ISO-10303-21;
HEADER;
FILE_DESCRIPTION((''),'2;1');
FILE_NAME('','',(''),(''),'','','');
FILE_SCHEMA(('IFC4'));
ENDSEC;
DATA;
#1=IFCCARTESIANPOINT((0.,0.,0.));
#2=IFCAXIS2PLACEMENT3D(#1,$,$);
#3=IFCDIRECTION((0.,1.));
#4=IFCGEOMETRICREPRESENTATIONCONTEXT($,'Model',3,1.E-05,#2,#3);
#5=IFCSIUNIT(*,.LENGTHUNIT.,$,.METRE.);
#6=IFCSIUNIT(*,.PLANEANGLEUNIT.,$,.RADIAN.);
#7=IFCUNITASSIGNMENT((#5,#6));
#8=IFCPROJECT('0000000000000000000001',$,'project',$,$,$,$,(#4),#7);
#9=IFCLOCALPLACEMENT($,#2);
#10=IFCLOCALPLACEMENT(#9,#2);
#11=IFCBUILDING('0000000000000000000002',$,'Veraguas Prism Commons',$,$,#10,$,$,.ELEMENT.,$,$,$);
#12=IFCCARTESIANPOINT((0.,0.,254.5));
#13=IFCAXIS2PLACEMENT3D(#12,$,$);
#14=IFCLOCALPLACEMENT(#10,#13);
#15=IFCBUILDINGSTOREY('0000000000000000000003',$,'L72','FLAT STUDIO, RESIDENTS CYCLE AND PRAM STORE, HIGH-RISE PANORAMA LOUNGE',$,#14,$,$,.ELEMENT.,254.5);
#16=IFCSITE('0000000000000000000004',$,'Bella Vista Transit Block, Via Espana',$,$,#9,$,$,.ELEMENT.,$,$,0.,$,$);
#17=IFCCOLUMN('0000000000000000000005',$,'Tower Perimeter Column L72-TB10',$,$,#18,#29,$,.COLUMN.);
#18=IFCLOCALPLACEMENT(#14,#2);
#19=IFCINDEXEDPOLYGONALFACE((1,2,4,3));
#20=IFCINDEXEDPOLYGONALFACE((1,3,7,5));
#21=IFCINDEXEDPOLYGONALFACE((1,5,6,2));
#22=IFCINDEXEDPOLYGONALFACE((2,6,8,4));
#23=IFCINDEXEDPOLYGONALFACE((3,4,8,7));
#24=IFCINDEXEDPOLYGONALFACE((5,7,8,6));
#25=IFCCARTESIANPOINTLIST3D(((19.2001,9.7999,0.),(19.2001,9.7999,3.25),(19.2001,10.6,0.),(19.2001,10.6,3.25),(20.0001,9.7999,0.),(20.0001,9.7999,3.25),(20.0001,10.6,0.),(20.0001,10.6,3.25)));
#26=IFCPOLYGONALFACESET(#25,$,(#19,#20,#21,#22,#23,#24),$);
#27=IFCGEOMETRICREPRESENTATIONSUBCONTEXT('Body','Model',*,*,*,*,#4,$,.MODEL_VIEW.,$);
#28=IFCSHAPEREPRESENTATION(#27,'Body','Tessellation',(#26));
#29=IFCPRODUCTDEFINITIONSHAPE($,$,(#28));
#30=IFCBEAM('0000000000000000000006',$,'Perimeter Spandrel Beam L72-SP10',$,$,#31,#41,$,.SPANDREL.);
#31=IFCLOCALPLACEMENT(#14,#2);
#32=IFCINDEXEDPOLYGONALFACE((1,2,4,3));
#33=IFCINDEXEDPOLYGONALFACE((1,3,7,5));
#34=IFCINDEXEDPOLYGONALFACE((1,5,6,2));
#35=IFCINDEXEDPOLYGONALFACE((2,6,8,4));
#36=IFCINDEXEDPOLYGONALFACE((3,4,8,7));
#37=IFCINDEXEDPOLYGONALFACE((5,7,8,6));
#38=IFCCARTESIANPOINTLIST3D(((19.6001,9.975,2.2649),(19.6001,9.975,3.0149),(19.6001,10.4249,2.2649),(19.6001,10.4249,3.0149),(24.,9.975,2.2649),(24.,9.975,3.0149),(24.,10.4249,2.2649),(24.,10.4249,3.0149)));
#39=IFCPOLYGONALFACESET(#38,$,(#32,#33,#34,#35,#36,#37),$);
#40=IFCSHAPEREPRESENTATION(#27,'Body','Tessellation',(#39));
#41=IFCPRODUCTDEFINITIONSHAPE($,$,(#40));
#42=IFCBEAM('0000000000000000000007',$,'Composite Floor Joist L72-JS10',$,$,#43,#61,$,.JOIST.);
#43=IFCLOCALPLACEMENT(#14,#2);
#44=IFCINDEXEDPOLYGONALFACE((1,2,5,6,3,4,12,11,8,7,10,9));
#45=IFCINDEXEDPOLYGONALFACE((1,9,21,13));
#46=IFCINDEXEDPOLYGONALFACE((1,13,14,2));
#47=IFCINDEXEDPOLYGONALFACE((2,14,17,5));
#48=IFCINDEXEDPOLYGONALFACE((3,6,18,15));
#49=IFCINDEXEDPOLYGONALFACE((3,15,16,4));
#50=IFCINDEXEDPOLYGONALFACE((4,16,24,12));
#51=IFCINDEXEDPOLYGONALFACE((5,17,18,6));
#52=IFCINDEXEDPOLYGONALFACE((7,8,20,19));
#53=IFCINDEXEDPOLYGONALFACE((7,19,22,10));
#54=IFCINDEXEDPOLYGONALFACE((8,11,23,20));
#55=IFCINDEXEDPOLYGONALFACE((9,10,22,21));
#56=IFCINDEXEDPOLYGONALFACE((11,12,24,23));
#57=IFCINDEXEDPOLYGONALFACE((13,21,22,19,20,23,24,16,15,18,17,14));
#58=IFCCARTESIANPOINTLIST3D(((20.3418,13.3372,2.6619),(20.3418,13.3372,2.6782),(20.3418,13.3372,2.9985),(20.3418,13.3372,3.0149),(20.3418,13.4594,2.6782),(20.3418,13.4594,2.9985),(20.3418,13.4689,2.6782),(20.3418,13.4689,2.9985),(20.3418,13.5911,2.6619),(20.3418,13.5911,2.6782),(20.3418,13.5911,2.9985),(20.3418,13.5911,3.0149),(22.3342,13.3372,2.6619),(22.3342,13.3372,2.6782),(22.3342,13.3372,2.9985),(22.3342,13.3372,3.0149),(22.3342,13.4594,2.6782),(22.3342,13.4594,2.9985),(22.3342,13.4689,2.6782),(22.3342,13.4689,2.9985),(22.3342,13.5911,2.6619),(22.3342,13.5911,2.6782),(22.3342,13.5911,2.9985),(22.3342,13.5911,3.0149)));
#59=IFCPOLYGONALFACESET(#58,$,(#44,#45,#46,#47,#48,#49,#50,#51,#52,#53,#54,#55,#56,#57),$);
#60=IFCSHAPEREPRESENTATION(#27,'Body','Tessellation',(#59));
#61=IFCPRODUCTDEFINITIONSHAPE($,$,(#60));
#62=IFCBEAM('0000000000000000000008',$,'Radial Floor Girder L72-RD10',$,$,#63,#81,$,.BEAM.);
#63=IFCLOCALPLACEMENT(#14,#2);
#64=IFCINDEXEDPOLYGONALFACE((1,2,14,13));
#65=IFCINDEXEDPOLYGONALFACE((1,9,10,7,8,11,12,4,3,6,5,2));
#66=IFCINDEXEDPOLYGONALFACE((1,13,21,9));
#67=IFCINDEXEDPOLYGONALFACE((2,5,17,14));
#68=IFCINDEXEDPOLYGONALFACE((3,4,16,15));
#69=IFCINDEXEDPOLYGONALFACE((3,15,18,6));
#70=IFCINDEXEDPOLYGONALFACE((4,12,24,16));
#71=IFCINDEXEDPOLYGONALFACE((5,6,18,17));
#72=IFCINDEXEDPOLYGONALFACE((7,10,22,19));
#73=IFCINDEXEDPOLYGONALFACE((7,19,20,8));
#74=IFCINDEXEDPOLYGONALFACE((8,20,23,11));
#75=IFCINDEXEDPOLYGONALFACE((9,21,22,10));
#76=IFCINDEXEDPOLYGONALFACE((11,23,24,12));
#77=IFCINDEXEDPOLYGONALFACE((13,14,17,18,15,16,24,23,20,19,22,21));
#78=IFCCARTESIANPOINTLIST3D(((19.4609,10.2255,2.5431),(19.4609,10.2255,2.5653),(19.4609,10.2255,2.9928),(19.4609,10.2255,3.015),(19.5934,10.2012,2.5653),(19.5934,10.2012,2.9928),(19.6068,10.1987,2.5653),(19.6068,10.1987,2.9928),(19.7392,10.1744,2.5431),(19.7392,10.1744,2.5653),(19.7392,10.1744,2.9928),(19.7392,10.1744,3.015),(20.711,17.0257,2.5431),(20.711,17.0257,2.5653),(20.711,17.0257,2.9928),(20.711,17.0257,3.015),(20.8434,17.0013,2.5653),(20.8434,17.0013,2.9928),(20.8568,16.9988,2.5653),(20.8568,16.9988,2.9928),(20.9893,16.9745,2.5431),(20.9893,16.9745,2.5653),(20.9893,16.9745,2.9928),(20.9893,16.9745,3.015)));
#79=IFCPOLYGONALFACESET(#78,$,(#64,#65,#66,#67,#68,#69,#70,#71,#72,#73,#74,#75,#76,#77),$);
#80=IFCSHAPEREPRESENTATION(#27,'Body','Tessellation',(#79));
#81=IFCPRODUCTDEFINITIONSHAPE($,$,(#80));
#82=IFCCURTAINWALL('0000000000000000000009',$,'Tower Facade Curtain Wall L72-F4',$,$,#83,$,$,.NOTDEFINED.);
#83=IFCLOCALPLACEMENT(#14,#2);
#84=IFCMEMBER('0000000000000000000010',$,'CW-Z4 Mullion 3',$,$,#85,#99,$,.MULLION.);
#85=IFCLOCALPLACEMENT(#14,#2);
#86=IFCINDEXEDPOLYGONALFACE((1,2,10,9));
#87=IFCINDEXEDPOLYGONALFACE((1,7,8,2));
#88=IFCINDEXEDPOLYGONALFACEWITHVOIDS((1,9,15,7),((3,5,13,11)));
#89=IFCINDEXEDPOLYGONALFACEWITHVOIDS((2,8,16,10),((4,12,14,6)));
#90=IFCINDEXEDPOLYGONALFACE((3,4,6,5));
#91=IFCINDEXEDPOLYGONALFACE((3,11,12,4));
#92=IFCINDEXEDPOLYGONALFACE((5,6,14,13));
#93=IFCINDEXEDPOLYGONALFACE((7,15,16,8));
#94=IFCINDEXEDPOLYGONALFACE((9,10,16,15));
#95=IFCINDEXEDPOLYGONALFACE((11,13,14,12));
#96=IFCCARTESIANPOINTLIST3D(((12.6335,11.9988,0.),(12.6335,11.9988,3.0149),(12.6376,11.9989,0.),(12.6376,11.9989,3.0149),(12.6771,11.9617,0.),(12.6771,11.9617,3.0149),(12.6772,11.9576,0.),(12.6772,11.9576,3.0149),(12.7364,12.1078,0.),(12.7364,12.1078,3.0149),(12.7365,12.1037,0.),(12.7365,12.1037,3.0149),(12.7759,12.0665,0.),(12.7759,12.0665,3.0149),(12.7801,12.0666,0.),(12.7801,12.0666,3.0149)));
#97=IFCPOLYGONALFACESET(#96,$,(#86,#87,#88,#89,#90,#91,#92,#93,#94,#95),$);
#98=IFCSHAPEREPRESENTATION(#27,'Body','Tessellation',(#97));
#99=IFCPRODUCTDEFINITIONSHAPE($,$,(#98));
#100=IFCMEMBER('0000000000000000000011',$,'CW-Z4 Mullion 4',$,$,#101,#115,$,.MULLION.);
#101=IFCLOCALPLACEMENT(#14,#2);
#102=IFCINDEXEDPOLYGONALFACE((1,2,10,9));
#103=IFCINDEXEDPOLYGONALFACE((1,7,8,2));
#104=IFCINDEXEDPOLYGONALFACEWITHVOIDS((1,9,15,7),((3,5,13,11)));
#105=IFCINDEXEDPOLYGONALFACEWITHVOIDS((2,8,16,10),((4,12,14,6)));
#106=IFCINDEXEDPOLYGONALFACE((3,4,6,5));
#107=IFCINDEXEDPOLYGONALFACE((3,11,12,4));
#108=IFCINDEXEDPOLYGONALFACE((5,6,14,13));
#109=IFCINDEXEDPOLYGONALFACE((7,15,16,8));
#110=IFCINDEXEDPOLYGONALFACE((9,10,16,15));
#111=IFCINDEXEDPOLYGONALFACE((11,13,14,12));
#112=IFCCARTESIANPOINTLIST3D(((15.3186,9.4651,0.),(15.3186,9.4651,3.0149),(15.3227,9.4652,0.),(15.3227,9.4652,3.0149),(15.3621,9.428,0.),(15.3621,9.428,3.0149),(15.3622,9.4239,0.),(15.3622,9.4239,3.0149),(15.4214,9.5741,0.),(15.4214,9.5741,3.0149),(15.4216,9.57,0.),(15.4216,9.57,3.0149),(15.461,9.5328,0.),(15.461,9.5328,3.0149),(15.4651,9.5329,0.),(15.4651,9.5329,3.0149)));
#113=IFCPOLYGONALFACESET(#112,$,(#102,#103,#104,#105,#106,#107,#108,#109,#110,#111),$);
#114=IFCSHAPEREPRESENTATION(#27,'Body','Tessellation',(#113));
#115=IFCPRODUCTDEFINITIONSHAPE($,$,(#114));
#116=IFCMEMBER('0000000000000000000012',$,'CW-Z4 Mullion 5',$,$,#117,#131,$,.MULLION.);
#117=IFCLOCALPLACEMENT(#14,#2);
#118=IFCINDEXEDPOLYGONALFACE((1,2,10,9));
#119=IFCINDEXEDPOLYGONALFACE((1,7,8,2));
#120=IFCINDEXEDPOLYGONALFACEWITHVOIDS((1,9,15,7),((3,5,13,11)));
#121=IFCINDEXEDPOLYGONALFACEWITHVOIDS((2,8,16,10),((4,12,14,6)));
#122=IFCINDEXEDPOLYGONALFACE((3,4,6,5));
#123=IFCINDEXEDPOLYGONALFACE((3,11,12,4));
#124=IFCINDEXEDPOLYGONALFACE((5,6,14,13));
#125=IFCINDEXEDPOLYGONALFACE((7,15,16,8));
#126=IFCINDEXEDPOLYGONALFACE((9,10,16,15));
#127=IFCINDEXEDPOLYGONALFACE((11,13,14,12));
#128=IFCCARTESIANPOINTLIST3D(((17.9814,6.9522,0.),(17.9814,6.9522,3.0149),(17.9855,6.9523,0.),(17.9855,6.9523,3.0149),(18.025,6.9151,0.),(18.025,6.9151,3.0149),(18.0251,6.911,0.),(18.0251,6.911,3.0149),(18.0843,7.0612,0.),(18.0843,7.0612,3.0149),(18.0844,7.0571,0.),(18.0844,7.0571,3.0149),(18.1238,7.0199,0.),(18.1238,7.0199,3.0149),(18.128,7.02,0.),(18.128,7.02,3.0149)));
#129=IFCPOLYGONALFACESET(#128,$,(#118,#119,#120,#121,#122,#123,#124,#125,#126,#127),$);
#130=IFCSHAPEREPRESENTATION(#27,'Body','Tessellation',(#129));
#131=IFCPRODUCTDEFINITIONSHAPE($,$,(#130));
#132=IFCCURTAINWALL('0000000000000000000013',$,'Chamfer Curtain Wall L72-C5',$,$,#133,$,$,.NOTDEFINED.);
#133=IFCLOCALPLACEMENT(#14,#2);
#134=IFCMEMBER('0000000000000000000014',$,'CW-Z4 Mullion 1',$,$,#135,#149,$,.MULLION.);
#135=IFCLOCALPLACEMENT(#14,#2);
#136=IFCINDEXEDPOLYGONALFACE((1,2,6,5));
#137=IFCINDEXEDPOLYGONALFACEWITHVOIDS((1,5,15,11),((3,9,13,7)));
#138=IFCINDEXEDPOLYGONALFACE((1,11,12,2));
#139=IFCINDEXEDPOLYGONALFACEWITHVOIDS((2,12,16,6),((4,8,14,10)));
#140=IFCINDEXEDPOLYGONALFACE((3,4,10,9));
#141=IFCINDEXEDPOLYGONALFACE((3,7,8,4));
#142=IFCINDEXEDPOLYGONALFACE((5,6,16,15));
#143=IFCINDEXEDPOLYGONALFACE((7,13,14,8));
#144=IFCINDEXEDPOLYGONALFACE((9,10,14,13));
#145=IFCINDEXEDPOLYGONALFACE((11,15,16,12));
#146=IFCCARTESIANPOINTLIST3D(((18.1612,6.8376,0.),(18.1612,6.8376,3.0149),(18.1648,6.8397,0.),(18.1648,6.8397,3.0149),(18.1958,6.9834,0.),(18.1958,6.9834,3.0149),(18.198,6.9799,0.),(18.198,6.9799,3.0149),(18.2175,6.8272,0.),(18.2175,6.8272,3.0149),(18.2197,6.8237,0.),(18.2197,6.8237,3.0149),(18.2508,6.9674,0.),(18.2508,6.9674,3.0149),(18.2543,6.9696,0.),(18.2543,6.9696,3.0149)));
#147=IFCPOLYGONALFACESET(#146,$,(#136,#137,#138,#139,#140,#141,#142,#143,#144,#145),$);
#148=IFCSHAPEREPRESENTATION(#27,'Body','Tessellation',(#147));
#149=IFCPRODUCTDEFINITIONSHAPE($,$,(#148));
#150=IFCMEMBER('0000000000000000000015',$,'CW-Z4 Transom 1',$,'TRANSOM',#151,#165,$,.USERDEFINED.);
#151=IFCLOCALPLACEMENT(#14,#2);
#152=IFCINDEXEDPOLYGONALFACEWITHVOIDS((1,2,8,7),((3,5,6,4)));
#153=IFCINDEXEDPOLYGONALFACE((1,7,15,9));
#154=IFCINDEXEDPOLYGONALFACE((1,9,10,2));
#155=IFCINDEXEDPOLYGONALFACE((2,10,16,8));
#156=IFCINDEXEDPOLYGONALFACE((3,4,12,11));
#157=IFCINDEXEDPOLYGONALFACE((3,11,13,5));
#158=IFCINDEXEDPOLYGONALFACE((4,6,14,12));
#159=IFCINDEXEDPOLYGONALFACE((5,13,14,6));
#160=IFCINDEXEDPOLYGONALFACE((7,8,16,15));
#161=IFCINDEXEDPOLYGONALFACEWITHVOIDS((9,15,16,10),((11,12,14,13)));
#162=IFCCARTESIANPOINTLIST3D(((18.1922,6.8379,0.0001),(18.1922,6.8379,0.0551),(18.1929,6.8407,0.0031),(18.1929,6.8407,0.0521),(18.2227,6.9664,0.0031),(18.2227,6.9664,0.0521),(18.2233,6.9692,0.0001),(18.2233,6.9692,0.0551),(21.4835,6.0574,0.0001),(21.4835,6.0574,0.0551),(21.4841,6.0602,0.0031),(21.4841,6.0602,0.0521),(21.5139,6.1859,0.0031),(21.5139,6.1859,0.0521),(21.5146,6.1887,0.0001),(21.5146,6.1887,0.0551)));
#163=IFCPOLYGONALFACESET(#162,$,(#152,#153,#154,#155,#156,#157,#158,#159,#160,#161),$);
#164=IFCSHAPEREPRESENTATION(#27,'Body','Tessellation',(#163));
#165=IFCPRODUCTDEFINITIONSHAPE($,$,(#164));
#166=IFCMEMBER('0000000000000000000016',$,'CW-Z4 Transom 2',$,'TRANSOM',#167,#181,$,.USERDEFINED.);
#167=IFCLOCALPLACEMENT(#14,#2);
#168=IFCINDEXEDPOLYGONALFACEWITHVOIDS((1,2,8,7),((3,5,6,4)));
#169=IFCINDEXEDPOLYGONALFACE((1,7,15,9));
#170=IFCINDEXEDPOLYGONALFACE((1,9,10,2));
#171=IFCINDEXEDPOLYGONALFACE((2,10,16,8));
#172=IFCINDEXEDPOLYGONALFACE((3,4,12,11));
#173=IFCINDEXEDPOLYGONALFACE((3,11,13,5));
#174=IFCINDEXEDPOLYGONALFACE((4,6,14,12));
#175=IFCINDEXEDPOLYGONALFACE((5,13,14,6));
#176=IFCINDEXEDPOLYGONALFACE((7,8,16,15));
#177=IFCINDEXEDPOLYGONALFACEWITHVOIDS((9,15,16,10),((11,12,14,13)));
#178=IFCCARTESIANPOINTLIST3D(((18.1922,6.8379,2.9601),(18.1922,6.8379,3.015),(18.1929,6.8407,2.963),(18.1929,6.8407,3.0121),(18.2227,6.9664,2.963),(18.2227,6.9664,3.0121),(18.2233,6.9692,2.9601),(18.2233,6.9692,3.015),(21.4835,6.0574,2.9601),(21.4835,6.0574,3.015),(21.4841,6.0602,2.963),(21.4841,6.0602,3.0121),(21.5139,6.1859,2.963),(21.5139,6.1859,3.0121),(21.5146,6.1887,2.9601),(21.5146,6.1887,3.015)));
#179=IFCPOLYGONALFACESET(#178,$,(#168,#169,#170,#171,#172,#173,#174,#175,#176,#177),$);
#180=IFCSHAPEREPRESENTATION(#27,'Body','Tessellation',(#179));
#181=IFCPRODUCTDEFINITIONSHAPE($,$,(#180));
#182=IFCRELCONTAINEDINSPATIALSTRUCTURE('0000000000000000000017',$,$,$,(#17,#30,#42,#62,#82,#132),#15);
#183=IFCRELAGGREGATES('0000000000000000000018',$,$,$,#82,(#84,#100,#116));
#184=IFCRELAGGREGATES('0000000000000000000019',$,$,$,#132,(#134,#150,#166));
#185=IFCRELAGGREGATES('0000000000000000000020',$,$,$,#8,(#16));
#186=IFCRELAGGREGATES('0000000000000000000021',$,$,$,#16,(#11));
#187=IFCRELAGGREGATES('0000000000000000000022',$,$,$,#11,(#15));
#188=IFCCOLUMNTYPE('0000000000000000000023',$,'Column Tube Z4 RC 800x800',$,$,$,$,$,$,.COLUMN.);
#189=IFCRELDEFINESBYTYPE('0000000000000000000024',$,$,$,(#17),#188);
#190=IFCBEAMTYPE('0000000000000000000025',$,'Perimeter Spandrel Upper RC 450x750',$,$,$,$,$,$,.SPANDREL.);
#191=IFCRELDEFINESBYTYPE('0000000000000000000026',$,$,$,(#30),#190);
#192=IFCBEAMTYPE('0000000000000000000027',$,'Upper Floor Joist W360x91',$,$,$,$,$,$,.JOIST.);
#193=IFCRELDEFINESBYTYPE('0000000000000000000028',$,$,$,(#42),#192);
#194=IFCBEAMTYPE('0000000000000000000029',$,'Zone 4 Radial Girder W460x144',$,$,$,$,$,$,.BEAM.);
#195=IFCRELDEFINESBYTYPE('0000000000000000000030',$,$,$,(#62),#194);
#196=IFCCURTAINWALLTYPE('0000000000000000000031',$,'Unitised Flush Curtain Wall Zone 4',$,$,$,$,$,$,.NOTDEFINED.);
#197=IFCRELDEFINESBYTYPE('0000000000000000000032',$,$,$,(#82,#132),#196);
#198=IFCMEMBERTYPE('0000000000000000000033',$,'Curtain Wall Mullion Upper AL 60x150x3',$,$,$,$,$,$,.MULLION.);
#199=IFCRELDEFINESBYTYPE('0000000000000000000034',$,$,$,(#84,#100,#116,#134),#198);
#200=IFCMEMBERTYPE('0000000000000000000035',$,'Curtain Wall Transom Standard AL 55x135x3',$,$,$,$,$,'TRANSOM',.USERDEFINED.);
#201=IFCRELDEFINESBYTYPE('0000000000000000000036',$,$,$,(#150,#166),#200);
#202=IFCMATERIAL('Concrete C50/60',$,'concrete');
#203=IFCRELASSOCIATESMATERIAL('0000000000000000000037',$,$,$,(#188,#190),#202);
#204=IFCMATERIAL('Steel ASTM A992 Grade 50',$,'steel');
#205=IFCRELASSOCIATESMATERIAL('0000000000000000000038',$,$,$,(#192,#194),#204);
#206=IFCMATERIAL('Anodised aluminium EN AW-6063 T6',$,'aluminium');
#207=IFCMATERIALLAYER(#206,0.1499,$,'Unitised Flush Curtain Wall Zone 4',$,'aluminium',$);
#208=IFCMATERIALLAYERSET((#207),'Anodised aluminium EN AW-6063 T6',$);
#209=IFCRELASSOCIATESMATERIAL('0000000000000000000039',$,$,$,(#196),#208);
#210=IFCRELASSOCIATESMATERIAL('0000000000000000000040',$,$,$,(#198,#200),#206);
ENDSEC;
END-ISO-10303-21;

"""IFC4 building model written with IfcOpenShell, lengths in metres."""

from ifc_helpers import new_model, si_unit, direction, frame, origin, origin_2d, place, context, subcontext, project, spatial, rectangle, hollow_rectangle, i_section, extrude, source, transform, mapped, material, layer, layer_set, material_profile, profile_set, type_object, element, aggregate, save


model = new_model("IFC4")

# Units and contexts
model_context = context("Model", 3, precision=1e-05, world=origin(), true_north=direction((0.0, 1.0)))
body_context = subcontext(model_context, "Body", "Model", "MODEL_VIEW")
ifc_project = project(units=[si_unit("LENGTHUNIT", "METRE"), si_unit("PLANEANGLEUNIT", "RADIAN")], contexts=[model_context])

# Site, building, storey
site_placement = place(None, origin())
site = spatial("IfcSite", under=ifc_project, at=site_placement, Name="Bella Vista Transit Block, Via Espana", CompositionType="ELEMENT", RefElevation=0.0)
building_placement = place(site_placement, origin())
building = spatial("IfcBuilding", under=site, at=building_placement, Name="Veraguas Prism Commons", CompositionType="ELEMENT")
storey_placement = place(building_placement, frame((0.0, 0.0, 254.5)))
storey = spatial("IfcBuildingStorey", under=building, at=storey_placement, Name="L72", Description="FLAT STUDIO, RESIDENTS CYCLE AND PRAM STORE, HIGH-RISE PANORAMA LOUNGE", CompositionType="ELEMENT", Elevation=254.5)

# Column
ifc_material_1 = material(Name="Concrete C50/60", Category="concrete")
ifc_material_profile_1 = material_profile(ifc_material_1, rectangle(XDim=0.8, YDim=0.8, at=origin_2d()), Name="RC800X800")
ifc_profile_set_1 = profile_set([ifc_material_profile_1], Name="Concrete C50/60")
column_type = type_object("IfcColumnType", Name="Column Tube Z4 RC 800x800", PredefinedType="COLUMN", material=ifc_profile_set_1)
column_placement = place(storey_placement, frame((19.6001, 10.2, 0.0), z_axis=(0.0, 0.0, 1.0), x_axis=(1.0, 0.0, 0.0)))
element("IfcColumn", 1, at=column_placement, inside=storey, type_object=column_type, Name="Tower Perimeter Column L72-TB10", PredefinedType="COLUMN", context=body_context, shape_type="SweptSolid", body=[
    extrude(rectangle(XDim=0.8, YDim=0.8, at=origin_2d()), origin(), (0.0, 0.0, 1.0), 3.25),
])

# Beams
ifc_material_profile_2 = material_profile(ifc_material_1, rectangle(XDim=0.45, YDim=0.75, at=origin_2d()), Name="RC450X750")
ifc_profile_set_2 = profile_set([ifc_material_profile_2], Name="Concrete C50/60")
beam_type_1 = type_object("IfcBeamType", Name="Perimeter Spandrel Upper RC 450x750", PredefinedType="SPANDREL", material=ifc_profile_set_2)
beam_1_placement = place(storey_placement, frame((19.6001, 10.2, 2.6399), z_axis=(1.0, 0.0, 0.0), x_axis=(0.0, 1.0, 0.0)))
element("IfcBeam", 2, at=beam_1_placement, inside=storey, type_object=beam_type_1, Name="Perimeter Spandrel Beam L72-SP10", PredefinedType="SPANDREL", context=body_context, shape_type="SweptSolid", body=[
    extrude(rectangle(XDim=0.45, YDim=0.75, at=origin_2d()), origin(), (0.0, 0.0, 1.0), 4.3999),
])
ifc_material_2 = material(Name="Steel ASTM A992 Grade 50", Category="steel")
ifc_material_profile_3 = material_profile(ifc_material_2, i_section(OverallWidth=0.2539, OverallDepth=0.353, WebThickness=0.0095, FlangeThickness=0.0164, at=origin_2d()), Name="W360X91")
ifc_profile_set_3 = profile_set([ifc_material_profile_3], Name="Steel ASTM A992 Grade 50")
beam_type_2 = type_object("IfcBeamType", Name="Upper Floor Joist W360x91", PredefinedType="JOIST", material=ifc_profile_set_3)
beam_2_placement = place(storey_placement, frame((20.3418, 13.4641, 2.8384), z_axis=(1.0, 0.0, 0.0), x_axis=(0.0, 1.0, 0.0)))
element("IfcBeam", 3, at=beam_2_placement, inside=storey, type_object=beam_type_2, Name="Composite Floor Joist L72-JS10", PredefinedType="JOIST", context=body_context, shape_type="SweptSolid", body=[
    extrude(i_section(OverallWidth=0.2539, OverallDepth=0.353, WebThickness=0.0095, FlangeThickness=0.0164, at=origin_2d()), origin(), (0.0, 0.0, 1.0), 1.9924),
])
ifc_material_profile_4 = material_profile(ifc_material_2, i_section(OverallWidth=0.283, OverallDepth=0.4719, WebThickness=0.0137, FlangeThickness=0.0222, at=origin_2d()), Name="W460X144")
ifc_profile_set_4 = profile_set([ifc_material_profile_4], Name="Steel ASTM A992 Grade 50")
beam_type_3 = type_object("IfcBeamType", Name="Zone 4 Radial Girder W460x144", PredefinedType="BEAM", material=ifc_profile_set_4)
beam_3_placement = place(storey_placement, frame((19.6001, 10.2, 2.7791), z_axis=(0.180793, 0.983521, 0.0), x_axis=(-0.983521, 0.180793, 0.0)))
element("IfcBeam", 4, at=beam_3_placement, inside=storey, type_object=beam_type_3, Name="Radial Floor Girder L72-RD10", PredefinedType="BEAM", context=body_context, shape_type="SweptSolid", body=[
    extrude(i_section(OverallWidth=0.283, OverallDepth=0.4719, WebThickness=0.0137, FlangeThickness=0.0222, at=origin_2d()), origin(), (0.0, 0.0, 1.0), 6.9141),
])

# Curtain walls, members
ifc_material_3 = material(Name="Anodised aluminium EN AW-6063 T6", Category="aluminium")
ifc_layer_1 = layer(ifc_material_3, 0.1499, Name="Unitised Flush Curtain Wall Zone 4", Category="aluminium")
ifc_layer_set_1 = layer_set([ifc_layer_1], Name="Anodised aluminium EN AW-6063 T6")
curtain_wall_type = type_object("IfcCurtainWallType", Name="Unitised Flush Curtain Wall Zone 4", PredefinedType="NOTDEFINED", material=ifc_layer_set_1)
curtain_wall_1_placement = place(storey_placement, origin())
curtain_wall_1 = element("IfcCurtainWall", 5, at=curtain_wall_1_placement, inside=storey, type_object=curtain_wall_type, Name="Tower Facade Curtain Wall L72-F4", PredefinedType="NOTDEFINED")
ifc_material_profile_5 = material_profile(ifc_material_3, hollow_rectangle(XDim=0.0601, YDim=0.1499, WallThickness=0.0029, at=origin_2d()), Name="AL60X150X3")
ifc_profile_set_5 = profile_set([ifc_material_profile_5], Name="Anodised aluminium EN AW-6063 T6")
member_type_1 = type_object("IfcMemberType", Name="Curtain Wall Mullion Upper AL 60x150x3", PredefinedType="MULLION", material=ifc_profile_set_5)
shared_shape_1 = source(origin(), body_context, "Body", "SweptSolid", [
    extrude(hollow_rectangle(XDim=0.0601, YDim=0.1499, WallThickness=0.0029, at=origin_2d()), origin(), (0.0, 0.0, 1.0), 3.0149),
])
member_1_placement = place(storey_placement, frame((12.7068, 12.0327, 0.0), z_axis=(0.0, 0.0, 1.0), x_axis=(0.727296, -0.686324, 0.0)))
member_1 = element("IfcMember", 6, at=member_1_placement, type_object=member_type_1, Name="CW-Z4 Mullion 3", PredefinedType="MULLION", context=body_context, shape_type="MappedRepresentation", body=[
    mapped(shared_shape_1, transform((0.0, 0.0, 0.0), scale=1.0)),
])
member_2_placement = place(storey_placement, frame((15.3918, 9.499, 0.0), z_axis=(0.0, 0.0, 1.0), x_axis=(0.727296, -0.686324, 0.0)))
member_2 = element("IfcMember", 7, at=member_2_placement, type_object=member_type_1, Name="CW-Z4 Mullion 4", PredefinedType="MULLION", context=body_context, shape_type="MappedRepresentation", body=[
    mapped(shared_shape_1, transform((0.0, 0.0, 0.0), scale=1.0)),
])
member_3_placement = place(storey_placement, frame((18.0547, 6.9861, 0.0), z_axis=(0.0, 0.0, 1.0), x_axis=(0.727296, -0.686324, 0.0)))
member_3 = element("IfcMember", 8, at=member_3_placement, type_object=member_type_1, Name="CW-Z4 Mullion 5", PredefinedType="MULLION", context=body_context, shape_type="MappedRepresentation", body=[
    mapped(shared_shape_1, transform((0.0, 0.0, 0.0), scale=1.0)),
])
curtain_wall_2_placement = place(storey_placement, origin())
curtain_wall_2 = element("IfcCurtainWall", 9, at=curtain_wall_2_placement, inside=storey, type_object=curtain_wall_type, Name="Chamfer Curtain Wall L72-C5", PredefinedType="NOTDEFINED")
member_4_placement = place(storey_placement, frame((18.2078, 6.9036, 0.0), z_axis=(0.0, 0.0, 1.0), x_axis=(0.97301, -0.230761, 0.0)))
member_4 = element("IfcMember", 10, at=member_4_placement, type_object=member_type_1, Name="CW-Z4 Mullion 1", PredefinedType="MULLION", context=body_context, shape_type="MappedRepresentation", body=[
    mapped(shared_shape_1, transform((0.0, 0.0, 0.0), scale=1.0)),
])
ifc_material_profile_6 = material_profile(ifc_material_3, hollow_rectangle(XDim=0.0549, YDim=0.135, WallThickness=0.0029, at=origin_2d()), Name="AL55X135X3")
ifc_profile_set_6 = profile_set([ifc_material_profile_6], Name="Anodised aluminium EN AW-6063 T6")
member_type_2 = type_object("IfcMemberType", Name="Curtain Wall Transom Standard AL 55x135x3", ElementType="TRANSOM", PredefinedType="USERDEFINED", material=ifc_profile_set_6)
shared_shape_2 = source(origin(), body_context, "Body", "SweptSolid", [
    extrude(hollow_rectangle(XDim=0.0549, YDim=0.135, WallThickness=0.0029, at=origin_2d()), origin(), (0.0, 0.0, 1.0), 3.3826),
])
member_5_placement = place(storey_placement, frame((18.2078, 6.9036, 0.0276), z_axis=(0.973013, -0.230749, 0.0), x_axis=(0.0, 0.0, 1.0)))
member_5 = element("IfcMember", 11, at=member_5_placement, type_object=member_type_2, Name="CW-Z4 Transom 1", ObjectType="TRANSOM", PredefinedType="USERDEFINED", context=body_context, shape_type="MappedRepresentation", body=[
    mapped(shared_shape_2, transform((0.0, 0.0, 0.0), scale=1.0)),
])
member_6_placement = place(storey_placement, frame((18.2078, 6.9036, 2.9875), z_axis=(0.973013, -0.230749, 0.0), x_axis=(0.0, 0.0, 1.0)))
member_6 = element("IfcMember", 12, at=member_6_placement, type_object=member_type_2, Name="CW-Z4 Transom 2", ObjectType="TRANSOM", PredefinedType="USERDEFINED", context=body_context, shape_type="MappedRepresentation", body=[
    mapped(shared_shape_2, transform((0.0, 0.0, 0.0), scale=1.0)),
])

aggregate(curtain_wall_1, [member_1, member_2, member_3])
aggregate(curtain_wall_2, [member_4, member_5, member_6])

save(model, "model.ifc")
